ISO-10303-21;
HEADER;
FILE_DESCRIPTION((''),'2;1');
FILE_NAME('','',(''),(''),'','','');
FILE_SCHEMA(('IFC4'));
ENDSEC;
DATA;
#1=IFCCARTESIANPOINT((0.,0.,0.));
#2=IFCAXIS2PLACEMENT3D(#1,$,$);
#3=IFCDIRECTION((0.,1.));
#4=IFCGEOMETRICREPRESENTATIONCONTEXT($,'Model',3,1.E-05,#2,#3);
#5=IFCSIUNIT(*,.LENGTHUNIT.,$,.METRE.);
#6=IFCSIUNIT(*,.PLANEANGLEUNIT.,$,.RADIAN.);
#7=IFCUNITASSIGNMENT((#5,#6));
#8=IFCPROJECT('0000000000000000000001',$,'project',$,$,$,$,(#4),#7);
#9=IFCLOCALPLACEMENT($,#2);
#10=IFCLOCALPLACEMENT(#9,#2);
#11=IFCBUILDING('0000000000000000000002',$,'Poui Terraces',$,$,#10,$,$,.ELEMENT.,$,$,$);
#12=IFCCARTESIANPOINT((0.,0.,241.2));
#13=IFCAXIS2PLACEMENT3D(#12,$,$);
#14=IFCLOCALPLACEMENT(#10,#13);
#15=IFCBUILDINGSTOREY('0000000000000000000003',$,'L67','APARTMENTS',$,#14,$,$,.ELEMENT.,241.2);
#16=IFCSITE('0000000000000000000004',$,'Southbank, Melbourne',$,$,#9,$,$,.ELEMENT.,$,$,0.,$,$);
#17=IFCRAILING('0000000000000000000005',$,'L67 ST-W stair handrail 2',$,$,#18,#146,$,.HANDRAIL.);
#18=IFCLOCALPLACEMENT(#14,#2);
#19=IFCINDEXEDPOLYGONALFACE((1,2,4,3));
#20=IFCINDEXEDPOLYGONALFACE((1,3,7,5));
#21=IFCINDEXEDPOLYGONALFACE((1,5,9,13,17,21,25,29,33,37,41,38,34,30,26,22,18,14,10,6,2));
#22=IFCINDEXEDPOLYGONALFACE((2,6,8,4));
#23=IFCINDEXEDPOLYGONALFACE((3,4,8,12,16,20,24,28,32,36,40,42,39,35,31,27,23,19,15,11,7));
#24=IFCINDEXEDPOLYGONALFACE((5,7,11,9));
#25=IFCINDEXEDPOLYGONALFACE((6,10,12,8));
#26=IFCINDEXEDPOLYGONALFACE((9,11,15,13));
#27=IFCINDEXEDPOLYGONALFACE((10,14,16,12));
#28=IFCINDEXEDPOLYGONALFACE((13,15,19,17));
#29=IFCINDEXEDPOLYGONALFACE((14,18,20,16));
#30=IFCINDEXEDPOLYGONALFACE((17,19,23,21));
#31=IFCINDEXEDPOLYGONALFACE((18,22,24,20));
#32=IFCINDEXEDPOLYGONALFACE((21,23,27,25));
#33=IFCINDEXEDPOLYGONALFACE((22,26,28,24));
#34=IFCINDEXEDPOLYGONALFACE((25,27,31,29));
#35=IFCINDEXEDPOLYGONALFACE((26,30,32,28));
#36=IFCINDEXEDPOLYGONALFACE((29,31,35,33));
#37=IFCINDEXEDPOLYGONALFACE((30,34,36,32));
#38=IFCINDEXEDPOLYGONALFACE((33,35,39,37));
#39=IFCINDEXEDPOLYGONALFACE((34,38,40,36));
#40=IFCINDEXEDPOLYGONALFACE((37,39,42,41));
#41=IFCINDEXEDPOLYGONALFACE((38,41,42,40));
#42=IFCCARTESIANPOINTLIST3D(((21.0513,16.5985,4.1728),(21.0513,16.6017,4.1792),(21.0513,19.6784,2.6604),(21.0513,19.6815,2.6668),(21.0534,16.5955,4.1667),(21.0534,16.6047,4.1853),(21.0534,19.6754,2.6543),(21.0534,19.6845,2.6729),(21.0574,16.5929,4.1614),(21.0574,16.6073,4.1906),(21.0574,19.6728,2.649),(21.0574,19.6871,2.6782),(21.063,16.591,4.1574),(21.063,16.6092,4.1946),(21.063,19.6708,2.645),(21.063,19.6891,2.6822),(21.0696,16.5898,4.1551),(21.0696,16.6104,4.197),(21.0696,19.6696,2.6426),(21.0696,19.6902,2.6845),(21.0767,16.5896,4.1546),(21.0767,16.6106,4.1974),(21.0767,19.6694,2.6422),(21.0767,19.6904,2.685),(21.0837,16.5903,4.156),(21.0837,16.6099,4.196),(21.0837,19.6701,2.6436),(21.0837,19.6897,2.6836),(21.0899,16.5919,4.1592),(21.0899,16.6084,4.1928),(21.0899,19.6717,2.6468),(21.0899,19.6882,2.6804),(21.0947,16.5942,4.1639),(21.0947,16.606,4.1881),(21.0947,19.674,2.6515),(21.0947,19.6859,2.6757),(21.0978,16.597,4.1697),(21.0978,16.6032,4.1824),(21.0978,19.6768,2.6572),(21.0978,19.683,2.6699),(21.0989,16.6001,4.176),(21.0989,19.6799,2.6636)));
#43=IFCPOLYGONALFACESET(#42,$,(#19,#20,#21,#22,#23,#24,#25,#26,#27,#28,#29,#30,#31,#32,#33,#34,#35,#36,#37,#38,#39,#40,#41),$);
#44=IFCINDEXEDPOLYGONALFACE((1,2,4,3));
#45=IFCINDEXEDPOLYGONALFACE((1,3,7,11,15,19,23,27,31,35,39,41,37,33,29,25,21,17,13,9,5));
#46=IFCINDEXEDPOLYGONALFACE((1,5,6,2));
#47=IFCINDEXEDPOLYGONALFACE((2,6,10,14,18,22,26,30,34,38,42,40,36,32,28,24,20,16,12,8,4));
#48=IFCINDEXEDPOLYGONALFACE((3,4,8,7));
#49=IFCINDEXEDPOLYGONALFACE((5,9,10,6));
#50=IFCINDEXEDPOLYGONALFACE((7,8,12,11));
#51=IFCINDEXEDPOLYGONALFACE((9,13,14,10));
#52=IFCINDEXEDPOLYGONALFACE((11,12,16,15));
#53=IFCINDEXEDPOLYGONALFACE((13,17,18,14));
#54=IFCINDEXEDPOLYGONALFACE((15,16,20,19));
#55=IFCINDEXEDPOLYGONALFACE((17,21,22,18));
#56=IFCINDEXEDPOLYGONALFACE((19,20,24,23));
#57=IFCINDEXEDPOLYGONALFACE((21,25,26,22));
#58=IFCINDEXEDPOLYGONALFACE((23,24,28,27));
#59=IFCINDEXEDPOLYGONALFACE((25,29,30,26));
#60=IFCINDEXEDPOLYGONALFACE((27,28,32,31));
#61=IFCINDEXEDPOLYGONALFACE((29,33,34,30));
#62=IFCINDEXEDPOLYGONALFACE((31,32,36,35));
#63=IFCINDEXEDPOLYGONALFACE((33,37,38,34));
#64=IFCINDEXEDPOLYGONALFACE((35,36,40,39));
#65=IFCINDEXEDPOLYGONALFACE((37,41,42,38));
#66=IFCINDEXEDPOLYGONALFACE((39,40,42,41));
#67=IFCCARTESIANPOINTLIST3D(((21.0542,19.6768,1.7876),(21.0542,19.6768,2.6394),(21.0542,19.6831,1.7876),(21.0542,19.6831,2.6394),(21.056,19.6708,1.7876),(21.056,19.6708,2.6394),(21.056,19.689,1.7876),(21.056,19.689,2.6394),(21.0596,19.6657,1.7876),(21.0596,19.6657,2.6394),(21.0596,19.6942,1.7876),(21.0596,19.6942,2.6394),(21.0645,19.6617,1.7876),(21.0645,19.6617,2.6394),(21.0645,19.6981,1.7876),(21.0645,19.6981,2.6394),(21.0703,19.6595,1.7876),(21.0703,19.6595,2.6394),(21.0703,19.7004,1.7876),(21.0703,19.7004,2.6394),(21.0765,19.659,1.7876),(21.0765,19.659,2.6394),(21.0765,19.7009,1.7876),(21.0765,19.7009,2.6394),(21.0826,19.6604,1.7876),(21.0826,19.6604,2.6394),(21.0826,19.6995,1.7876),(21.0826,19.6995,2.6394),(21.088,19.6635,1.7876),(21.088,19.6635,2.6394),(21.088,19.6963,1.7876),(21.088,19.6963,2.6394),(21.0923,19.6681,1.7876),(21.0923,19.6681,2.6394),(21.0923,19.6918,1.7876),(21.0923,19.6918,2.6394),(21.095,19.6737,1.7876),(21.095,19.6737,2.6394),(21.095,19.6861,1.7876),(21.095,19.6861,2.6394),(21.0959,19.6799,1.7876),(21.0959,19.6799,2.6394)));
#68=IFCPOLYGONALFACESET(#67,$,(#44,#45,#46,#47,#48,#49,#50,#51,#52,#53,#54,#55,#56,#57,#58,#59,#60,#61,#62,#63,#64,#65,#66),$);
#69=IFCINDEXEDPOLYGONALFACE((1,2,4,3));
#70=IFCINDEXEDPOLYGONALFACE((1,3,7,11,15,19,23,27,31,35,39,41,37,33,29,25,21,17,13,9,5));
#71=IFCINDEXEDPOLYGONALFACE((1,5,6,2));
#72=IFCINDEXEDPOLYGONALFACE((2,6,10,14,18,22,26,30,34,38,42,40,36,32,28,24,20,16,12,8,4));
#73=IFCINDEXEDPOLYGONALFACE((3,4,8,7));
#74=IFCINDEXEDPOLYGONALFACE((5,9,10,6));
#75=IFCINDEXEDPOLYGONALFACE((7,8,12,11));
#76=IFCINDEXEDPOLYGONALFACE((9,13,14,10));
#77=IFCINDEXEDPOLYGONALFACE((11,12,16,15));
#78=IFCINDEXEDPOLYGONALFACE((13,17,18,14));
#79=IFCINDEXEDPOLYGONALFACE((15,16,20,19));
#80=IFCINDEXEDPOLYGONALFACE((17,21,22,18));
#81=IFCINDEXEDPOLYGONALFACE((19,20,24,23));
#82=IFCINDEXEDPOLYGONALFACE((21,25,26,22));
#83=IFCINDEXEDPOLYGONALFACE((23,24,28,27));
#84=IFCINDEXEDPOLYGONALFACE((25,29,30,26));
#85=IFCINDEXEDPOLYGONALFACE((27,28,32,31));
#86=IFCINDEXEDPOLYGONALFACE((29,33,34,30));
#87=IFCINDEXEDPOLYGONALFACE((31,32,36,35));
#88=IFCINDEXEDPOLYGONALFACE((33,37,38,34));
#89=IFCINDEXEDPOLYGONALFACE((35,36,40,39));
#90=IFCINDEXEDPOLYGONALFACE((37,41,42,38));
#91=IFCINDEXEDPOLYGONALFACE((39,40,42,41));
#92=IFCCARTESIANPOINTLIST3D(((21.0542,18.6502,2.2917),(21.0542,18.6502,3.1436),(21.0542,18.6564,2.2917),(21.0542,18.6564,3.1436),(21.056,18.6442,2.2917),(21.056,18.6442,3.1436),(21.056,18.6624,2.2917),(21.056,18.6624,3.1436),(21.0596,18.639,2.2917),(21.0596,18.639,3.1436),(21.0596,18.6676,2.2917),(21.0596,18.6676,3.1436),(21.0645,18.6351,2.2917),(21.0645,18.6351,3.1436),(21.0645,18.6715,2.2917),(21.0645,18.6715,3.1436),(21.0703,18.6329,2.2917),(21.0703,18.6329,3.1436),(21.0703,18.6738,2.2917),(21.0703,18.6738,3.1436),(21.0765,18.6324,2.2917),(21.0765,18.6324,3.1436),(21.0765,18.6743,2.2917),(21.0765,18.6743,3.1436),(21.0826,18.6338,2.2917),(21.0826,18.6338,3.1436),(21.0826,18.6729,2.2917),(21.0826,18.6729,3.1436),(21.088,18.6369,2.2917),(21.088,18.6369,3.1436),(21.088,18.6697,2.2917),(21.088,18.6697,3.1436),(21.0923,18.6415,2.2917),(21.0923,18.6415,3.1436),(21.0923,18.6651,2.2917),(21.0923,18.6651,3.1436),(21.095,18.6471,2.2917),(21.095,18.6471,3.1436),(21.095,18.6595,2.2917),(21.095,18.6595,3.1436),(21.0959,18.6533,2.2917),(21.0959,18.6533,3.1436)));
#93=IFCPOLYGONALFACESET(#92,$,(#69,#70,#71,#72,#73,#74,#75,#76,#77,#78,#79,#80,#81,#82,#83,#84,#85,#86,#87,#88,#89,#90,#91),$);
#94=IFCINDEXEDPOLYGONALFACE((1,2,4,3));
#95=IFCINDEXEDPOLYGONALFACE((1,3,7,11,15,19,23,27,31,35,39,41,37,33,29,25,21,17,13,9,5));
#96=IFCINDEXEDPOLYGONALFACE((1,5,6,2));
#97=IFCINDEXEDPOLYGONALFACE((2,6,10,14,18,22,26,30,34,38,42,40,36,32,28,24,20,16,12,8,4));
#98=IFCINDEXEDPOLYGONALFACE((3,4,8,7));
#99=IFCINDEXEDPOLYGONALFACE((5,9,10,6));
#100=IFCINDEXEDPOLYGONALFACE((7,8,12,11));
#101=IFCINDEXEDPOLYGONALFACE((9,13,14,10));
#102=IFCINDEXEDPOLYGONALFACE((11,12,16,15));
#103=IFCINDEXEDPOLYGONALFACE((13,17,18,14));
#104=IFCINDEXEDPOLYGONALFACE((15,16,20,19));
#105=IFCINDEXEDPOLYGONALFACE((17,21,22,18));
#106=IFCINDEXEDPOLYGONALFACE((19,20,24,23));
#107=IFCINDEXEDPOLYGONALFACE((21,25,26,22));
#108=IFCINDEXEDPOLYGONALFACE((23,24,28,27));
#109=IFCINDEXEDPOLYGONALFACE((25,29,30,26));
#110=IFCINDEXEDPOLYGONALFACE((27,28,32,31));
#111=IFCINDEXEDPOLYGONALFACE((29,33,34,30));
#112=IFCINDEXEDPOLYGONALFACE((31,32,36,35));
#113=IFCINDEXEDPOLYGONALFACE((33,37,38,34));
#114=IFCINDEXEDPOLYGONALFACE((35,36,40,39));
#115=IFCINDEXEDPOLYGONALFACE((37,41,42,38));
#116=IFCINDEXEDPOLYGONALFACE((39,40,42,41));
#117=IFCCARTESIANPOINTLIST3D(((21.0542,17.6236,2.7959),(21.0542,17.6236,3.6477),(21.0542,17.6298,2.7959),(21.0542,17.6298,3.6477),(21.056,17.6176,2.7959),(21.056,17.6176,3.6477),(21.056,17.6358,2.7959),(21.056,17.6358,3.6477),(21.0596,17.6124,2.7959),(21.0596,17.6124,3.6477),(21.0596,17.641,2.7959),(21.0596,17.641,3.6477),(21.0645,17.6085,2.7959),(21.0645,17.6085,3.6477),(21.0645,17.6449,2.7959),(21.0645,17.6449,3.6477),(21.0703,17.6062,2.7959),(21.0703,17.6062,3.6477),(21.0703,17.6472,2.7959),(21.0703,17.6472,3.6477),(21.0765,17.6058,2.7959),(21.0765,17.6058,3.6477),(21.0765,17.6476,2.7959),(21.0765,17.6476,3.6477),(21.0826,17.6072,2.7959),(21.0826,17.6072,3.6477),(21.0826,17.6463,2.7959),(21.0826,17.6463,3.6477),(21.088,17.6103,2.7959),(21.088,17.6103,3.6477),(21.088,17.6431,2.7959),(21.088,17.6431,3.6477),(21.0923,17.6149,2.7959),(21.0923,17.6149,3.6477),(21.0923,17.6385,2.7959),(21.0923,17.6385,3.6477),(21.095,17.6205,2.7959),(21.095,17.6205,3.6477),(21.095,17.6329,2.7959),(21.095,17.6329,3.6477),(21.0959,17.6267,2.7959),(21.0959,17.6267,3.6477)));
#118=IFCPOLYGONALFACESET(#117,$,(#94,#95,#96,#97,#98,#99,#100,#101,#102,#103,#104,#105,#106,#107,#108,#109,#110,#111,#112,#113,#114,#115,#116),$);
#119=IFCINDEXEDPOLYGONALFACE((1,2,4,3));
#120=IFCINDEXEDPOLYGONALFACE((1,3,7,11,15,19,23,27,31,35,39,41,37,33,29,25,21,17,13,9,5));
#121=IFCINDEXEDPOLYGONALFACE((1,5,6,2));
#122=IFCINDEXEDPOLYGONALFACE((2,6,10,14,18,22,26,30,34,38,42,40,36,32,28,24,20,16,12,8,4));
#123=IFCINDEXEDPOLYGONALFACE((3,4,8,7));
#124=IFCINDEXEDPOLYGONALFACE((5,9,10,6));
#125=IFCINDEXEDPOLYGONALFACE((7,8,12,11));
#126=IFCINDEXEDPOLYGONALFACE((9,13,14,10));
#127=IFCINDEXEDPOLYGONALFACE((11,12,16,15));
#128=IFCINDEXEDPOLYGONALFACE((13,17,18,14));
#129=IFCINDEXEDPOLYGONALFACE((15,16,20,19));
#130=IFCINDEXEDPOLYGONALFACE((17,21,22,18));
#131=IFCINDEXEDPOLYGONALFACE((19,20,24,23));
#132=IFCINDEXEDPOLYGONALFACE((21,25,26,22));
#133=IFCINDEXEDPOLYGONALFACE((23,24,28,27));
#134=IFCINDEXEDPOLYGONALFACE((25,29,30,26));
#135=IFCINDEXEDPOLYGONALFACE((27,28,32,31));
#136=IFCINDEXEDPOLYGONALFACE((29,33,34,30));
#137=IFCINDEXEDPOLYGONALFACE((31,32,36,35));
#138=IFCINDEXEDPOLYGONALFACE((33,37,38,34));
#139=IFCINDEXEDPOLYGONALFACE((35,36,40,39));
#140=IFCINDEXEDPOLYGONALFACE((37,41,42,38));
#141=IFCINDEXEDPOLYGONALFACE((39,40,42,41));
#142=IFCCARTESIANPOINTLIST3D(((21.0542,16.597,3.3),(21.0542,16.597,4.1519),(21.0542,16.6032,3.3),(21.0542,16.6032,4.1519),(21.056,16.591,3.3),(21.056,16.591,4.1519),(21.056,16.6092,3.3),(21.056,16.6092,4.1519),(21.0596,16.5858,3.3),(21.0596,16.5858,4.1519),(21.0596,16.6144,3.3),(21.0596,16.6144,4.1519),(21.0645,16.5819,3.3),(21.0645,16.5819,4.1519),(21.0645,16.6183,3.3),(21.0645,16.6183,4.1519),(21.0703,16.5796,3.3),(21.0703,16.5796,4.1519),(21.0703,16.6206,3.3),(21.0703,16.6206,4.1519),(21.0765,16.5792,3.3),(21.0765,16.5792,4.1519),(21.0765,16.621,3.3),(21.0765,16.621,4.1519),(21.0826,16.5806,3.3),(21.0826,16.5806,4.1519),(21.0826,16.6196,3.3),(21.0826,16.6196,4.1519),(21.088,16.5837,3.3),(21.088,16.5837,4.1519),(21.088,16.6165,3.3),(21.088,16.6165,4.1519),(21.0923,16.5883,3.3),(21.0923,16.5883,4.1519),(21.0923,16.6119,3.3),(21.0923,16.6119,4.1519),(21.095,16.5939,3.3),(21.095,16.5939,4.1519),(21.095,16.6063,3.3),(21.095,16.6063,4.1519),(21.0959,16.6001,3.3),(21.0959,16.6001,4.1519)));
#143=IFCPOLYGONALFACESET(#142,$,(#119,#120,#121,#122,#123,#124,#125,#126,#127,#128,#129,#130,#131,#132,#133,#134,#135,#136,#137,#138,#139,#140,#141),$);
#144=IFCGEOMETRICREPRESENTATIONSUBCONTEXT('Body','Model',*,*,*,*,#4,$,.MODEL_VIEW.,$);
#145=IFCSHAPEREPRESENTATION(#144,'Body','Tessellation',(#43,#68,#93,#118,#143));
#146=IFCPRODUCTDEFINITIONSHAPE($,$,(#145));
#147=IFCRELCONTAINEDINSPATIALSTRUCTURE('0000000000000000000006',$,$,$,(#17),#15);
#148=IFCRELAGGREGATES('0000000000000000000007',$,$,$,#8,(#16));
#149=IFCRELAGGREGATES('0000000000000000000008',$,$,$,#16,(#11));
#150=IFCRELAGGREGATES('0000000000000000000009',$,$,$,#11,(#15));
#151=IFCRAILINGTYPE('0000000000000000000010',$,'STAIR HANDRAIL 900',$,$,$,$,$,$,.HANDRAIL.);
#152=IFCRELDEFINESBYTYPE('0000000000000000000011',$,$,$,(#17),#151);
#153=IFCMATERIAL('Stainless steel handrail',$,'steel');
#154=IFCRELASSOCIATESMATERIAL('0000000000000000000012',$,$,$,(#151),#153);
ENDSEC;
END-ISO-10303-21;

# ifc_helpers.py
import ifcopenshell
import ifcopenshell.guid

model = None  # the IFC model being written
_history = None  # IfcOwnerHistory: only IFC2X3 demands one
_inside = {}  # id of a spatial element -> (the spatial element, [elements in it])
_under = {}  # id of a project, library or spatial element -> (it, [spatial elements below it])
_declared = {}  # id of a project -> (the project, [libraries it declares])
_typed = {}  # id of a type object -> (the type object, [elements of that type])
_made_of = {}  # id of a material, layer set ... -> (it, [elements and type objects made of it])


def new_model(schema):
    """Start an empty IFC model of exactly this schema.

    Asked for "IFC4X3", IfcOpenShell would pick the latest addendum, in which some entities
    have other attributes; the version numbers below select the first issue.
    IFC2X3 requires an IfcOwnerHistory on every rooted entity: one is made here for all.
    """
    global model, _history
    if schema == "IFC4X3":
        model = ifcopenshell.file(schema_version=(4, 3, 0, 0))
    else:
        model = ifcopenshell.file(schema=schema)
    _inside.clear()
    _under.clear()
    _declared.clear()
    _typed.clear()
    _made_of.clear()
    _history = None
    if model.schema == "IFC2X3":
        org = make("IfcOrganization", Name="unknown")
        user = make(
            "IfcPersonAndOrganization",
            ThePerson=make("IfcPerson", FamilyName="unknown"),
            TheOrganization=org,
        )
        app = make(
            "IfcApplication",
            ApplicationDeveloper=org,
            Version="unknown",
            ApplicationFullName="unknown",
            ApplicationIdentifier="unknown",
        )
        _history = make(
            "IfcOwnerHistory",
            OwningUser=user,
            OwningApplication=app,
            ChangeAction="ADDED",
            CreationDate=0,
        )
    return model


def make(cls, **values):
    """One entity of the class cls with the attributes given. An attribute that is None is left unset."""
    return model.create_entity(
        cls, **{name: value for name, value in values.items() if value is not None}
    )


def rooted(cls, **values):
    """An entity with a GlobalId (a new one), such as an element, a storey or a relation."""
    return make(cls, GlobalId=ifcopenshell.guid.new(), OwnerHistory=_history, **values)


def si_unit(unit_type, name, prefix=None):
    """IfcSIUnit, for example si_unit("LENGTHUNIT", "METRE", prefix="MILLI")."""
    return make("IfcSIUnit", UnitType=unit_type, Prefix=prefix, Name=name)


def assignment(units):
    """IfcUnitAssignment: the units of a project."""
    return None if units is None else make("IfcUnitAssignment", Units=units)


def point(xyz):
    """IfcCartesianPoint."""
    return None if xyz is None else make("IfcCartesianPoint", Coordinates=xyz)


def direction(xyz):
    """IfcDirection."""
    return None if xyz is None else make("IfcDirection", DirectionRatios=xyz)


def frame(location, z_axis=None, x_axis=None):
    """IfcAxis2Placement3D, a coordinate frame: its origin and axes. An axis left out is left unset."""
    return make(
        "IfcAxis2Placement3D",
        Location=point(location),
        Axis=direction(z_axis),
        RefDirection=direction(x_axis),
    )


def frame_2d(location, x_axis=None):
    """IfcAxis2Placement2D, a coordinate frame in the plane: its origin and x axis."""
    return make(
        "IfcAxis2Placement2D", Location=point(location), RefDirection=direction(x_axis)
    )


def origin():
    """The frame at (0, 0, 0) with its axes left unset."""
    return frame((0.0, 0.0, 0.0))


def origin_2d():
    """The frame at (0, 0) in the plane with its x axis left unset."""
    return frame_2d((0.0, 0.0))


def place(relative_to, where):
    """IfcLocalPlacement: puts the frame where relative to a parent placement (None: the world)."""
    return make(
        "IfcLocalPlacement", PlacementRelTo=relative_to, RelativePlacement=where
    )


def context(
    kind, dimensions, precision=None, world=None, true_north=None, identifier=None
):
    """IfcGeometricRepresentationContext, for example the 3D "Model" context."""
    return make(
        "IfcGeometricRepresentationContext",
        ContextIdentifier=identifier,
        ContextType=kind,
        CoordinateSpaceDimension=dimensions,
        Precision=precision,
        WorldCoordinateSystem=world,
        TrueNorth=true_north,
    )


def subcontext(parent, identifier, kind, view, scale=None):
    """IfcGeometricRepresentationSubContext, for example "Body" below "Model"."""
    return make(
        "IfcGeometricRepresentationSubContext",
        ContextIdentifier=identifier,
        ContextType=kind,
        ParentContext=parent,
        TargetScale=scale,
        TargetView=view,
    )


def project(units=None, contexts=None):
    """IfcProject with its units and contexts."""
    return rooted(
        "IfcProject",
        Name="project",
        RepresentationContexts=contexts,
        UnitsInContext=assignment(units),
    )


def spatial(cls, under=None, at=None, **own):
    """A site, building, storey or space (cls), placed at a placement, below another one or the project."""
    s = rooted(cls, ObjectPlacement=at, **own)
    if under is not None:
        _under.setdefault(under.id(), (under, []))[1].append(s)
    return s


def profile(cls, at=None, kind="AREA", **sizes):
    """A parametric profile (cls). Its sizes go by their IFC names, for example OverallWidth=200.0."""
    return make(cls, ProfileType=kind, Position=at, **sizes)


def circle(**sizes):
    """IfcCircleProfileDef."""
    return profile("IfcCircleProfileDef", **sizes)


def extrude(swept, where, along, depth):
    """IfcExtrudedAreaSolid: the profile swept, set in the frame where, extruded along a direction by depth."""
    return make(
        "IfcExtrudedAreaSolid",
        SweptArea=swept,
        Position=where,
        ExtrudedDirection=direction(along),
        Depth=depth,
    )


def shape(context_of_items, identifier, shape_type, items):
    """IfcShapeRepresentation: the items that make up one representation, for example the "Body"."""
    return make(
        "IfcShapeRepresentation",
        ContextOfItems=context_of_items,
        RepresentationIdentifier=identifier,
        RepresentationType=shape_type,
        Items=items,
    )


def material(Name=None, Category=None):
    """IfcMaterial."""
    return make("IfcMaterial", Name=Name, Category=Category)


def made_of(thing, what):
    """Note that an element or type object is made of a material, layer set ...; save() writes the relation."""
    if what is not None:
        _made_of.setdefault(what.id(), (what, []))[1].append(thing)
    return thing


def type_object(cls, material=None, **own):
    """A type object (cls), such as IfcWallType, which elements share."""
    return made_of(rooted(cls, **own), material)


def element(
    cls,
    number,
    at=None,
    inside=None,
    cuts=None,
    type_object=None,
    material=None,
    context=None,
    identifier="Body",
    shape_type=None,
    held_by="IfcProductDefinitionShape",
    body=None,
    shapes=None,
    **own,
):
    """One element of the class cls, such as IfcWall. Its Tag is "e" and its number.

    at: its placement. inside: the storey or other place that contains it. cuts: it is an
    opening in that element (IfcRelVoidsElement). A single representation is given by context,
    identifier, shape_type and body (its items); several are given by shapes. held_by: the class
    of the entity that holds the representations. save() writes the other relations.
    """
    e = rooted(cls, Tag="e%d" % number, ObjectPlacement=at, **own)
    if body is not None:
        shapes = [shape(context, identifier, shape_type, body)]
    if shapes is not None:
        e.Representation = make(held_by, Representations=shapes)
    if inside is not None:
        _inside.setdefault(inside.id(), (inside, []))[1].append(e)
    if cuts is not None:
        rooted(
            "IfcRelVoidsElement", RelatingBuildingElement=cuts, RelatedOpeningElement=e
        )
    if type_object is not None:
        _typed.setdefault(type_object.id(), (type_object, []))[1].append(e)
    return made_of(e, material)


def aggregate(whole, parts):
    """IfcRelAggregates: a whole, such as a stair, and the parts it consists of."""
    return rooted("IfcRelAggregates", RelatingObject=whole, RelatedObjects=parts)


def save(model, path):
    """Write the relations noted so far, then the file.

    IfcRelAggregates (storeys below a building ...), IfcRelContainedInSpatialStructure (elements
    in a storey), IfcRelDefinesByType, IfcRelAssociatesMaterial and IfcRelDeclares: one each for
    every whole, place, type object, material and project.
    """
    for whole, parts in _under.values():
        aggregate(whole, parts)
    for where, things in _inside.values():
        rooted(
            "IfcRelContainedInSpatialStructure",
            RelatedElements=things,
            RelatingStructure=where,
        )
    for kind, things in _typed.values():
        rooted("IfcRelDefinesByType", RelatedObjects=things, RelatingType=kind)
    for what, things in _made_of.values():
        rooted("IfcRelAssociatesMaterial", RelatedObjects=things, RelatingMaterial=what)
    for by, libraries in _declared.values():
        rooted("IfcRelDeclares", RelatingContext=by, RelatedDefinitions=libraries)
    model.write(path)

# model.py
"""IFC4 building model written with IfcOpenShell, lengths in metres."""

from ifc_helpers import new_model, si_unit, direction, frame, origin, origin_2d, place, context, subcontext, project, spatial, circle, extrude, material, type_object, element, save


model = new_model("IFC4")

# Units and contexts
model_context = context("Model", 3, precision=1e-05, world=origin(), true_north=direction((0.0, 1.0)))
body_context = subcontext(model_context, "Body", "Model", "MODEL_VIEW")
ifc_project = project(units=[si_unit("LENGTHUNIT", "METRE"), si_unit("PLANEANGLEUNIT", "RADIAN")], contexts=[model_context])

# Site, building, storey
site_placement = place(None, origin())
site = spatial("IfcSite", under=ifc_project, at=site_placement, Name="Southbank, Melbourne", CompositionType="ELEMENT", RefElevation=0.0)
building_placement = place(site_placement, origin())
building = spatial("IfcBuilding", under=site, at=building_placement, Name="Poui Terraces", CompositionType="ELEMENT")
storey_placement = place(building_placement, frame((0.0, 0.0, 241.2)))
storey = spatial("IfcBuildingStorey", under=building, at=storey_placement, Name="L67", Description="APARTMENTS", CompositionType="ELEMENT", Elevation=241.2)

# Railing
ifc_material_1 = material(Name="Stainless steel handrail", Category="steel")
railing_type_1 = type_object("IfcRailingType", Name="STAIR HANDRAIL 900", PredefinedType="HANDRAIL", material=ifc_material_1)
railing_1_placement = place(storey_placement, frame((21.075, 19.6799, 1.7876)))
element("IfcRailing", 1, at=railing_1_placement, inside=storey, type_object=railing_type_1, Name="L67 ST-W stair handrail 2", PredefinedType="HANDRAIL", context=body_context, shape_type="SweptSolid", body=[
    extrude(circle(Radius=0.0239, at=origin_2d()), frame((0.0, 0.0, 0.876), z_axis=(0.0, -0.897606, 0.440798), x_axis=(1.0, 0.0, 0.0)), (0.0, 0.0, 1.0), 3.4312),
    extrude(circle(Radius=0.021, at=origin_2d()), origin(), (0.0, 0.0, 1.0), 0.8518),
    extrude(circle(Radius=0.021, at=origin_2d()), frame((0.0, -1.0266, 0.5042)), (0.0, 0.0, 1.0), 0.8518),
    extrude(circle(Radius=0.021, at=origin_2d()), frame((0.0, -2.0532, 1.0083)), (0.0, 0.0, 1.0), 0.8518),
    extrude(circle(Radius=0.021, at=origin_2d()), frame((0.0, -3.0798, 1.5125)), (0.0, 0.0, 1.0), 0.8518),
])

save(model, "model.ifc")
